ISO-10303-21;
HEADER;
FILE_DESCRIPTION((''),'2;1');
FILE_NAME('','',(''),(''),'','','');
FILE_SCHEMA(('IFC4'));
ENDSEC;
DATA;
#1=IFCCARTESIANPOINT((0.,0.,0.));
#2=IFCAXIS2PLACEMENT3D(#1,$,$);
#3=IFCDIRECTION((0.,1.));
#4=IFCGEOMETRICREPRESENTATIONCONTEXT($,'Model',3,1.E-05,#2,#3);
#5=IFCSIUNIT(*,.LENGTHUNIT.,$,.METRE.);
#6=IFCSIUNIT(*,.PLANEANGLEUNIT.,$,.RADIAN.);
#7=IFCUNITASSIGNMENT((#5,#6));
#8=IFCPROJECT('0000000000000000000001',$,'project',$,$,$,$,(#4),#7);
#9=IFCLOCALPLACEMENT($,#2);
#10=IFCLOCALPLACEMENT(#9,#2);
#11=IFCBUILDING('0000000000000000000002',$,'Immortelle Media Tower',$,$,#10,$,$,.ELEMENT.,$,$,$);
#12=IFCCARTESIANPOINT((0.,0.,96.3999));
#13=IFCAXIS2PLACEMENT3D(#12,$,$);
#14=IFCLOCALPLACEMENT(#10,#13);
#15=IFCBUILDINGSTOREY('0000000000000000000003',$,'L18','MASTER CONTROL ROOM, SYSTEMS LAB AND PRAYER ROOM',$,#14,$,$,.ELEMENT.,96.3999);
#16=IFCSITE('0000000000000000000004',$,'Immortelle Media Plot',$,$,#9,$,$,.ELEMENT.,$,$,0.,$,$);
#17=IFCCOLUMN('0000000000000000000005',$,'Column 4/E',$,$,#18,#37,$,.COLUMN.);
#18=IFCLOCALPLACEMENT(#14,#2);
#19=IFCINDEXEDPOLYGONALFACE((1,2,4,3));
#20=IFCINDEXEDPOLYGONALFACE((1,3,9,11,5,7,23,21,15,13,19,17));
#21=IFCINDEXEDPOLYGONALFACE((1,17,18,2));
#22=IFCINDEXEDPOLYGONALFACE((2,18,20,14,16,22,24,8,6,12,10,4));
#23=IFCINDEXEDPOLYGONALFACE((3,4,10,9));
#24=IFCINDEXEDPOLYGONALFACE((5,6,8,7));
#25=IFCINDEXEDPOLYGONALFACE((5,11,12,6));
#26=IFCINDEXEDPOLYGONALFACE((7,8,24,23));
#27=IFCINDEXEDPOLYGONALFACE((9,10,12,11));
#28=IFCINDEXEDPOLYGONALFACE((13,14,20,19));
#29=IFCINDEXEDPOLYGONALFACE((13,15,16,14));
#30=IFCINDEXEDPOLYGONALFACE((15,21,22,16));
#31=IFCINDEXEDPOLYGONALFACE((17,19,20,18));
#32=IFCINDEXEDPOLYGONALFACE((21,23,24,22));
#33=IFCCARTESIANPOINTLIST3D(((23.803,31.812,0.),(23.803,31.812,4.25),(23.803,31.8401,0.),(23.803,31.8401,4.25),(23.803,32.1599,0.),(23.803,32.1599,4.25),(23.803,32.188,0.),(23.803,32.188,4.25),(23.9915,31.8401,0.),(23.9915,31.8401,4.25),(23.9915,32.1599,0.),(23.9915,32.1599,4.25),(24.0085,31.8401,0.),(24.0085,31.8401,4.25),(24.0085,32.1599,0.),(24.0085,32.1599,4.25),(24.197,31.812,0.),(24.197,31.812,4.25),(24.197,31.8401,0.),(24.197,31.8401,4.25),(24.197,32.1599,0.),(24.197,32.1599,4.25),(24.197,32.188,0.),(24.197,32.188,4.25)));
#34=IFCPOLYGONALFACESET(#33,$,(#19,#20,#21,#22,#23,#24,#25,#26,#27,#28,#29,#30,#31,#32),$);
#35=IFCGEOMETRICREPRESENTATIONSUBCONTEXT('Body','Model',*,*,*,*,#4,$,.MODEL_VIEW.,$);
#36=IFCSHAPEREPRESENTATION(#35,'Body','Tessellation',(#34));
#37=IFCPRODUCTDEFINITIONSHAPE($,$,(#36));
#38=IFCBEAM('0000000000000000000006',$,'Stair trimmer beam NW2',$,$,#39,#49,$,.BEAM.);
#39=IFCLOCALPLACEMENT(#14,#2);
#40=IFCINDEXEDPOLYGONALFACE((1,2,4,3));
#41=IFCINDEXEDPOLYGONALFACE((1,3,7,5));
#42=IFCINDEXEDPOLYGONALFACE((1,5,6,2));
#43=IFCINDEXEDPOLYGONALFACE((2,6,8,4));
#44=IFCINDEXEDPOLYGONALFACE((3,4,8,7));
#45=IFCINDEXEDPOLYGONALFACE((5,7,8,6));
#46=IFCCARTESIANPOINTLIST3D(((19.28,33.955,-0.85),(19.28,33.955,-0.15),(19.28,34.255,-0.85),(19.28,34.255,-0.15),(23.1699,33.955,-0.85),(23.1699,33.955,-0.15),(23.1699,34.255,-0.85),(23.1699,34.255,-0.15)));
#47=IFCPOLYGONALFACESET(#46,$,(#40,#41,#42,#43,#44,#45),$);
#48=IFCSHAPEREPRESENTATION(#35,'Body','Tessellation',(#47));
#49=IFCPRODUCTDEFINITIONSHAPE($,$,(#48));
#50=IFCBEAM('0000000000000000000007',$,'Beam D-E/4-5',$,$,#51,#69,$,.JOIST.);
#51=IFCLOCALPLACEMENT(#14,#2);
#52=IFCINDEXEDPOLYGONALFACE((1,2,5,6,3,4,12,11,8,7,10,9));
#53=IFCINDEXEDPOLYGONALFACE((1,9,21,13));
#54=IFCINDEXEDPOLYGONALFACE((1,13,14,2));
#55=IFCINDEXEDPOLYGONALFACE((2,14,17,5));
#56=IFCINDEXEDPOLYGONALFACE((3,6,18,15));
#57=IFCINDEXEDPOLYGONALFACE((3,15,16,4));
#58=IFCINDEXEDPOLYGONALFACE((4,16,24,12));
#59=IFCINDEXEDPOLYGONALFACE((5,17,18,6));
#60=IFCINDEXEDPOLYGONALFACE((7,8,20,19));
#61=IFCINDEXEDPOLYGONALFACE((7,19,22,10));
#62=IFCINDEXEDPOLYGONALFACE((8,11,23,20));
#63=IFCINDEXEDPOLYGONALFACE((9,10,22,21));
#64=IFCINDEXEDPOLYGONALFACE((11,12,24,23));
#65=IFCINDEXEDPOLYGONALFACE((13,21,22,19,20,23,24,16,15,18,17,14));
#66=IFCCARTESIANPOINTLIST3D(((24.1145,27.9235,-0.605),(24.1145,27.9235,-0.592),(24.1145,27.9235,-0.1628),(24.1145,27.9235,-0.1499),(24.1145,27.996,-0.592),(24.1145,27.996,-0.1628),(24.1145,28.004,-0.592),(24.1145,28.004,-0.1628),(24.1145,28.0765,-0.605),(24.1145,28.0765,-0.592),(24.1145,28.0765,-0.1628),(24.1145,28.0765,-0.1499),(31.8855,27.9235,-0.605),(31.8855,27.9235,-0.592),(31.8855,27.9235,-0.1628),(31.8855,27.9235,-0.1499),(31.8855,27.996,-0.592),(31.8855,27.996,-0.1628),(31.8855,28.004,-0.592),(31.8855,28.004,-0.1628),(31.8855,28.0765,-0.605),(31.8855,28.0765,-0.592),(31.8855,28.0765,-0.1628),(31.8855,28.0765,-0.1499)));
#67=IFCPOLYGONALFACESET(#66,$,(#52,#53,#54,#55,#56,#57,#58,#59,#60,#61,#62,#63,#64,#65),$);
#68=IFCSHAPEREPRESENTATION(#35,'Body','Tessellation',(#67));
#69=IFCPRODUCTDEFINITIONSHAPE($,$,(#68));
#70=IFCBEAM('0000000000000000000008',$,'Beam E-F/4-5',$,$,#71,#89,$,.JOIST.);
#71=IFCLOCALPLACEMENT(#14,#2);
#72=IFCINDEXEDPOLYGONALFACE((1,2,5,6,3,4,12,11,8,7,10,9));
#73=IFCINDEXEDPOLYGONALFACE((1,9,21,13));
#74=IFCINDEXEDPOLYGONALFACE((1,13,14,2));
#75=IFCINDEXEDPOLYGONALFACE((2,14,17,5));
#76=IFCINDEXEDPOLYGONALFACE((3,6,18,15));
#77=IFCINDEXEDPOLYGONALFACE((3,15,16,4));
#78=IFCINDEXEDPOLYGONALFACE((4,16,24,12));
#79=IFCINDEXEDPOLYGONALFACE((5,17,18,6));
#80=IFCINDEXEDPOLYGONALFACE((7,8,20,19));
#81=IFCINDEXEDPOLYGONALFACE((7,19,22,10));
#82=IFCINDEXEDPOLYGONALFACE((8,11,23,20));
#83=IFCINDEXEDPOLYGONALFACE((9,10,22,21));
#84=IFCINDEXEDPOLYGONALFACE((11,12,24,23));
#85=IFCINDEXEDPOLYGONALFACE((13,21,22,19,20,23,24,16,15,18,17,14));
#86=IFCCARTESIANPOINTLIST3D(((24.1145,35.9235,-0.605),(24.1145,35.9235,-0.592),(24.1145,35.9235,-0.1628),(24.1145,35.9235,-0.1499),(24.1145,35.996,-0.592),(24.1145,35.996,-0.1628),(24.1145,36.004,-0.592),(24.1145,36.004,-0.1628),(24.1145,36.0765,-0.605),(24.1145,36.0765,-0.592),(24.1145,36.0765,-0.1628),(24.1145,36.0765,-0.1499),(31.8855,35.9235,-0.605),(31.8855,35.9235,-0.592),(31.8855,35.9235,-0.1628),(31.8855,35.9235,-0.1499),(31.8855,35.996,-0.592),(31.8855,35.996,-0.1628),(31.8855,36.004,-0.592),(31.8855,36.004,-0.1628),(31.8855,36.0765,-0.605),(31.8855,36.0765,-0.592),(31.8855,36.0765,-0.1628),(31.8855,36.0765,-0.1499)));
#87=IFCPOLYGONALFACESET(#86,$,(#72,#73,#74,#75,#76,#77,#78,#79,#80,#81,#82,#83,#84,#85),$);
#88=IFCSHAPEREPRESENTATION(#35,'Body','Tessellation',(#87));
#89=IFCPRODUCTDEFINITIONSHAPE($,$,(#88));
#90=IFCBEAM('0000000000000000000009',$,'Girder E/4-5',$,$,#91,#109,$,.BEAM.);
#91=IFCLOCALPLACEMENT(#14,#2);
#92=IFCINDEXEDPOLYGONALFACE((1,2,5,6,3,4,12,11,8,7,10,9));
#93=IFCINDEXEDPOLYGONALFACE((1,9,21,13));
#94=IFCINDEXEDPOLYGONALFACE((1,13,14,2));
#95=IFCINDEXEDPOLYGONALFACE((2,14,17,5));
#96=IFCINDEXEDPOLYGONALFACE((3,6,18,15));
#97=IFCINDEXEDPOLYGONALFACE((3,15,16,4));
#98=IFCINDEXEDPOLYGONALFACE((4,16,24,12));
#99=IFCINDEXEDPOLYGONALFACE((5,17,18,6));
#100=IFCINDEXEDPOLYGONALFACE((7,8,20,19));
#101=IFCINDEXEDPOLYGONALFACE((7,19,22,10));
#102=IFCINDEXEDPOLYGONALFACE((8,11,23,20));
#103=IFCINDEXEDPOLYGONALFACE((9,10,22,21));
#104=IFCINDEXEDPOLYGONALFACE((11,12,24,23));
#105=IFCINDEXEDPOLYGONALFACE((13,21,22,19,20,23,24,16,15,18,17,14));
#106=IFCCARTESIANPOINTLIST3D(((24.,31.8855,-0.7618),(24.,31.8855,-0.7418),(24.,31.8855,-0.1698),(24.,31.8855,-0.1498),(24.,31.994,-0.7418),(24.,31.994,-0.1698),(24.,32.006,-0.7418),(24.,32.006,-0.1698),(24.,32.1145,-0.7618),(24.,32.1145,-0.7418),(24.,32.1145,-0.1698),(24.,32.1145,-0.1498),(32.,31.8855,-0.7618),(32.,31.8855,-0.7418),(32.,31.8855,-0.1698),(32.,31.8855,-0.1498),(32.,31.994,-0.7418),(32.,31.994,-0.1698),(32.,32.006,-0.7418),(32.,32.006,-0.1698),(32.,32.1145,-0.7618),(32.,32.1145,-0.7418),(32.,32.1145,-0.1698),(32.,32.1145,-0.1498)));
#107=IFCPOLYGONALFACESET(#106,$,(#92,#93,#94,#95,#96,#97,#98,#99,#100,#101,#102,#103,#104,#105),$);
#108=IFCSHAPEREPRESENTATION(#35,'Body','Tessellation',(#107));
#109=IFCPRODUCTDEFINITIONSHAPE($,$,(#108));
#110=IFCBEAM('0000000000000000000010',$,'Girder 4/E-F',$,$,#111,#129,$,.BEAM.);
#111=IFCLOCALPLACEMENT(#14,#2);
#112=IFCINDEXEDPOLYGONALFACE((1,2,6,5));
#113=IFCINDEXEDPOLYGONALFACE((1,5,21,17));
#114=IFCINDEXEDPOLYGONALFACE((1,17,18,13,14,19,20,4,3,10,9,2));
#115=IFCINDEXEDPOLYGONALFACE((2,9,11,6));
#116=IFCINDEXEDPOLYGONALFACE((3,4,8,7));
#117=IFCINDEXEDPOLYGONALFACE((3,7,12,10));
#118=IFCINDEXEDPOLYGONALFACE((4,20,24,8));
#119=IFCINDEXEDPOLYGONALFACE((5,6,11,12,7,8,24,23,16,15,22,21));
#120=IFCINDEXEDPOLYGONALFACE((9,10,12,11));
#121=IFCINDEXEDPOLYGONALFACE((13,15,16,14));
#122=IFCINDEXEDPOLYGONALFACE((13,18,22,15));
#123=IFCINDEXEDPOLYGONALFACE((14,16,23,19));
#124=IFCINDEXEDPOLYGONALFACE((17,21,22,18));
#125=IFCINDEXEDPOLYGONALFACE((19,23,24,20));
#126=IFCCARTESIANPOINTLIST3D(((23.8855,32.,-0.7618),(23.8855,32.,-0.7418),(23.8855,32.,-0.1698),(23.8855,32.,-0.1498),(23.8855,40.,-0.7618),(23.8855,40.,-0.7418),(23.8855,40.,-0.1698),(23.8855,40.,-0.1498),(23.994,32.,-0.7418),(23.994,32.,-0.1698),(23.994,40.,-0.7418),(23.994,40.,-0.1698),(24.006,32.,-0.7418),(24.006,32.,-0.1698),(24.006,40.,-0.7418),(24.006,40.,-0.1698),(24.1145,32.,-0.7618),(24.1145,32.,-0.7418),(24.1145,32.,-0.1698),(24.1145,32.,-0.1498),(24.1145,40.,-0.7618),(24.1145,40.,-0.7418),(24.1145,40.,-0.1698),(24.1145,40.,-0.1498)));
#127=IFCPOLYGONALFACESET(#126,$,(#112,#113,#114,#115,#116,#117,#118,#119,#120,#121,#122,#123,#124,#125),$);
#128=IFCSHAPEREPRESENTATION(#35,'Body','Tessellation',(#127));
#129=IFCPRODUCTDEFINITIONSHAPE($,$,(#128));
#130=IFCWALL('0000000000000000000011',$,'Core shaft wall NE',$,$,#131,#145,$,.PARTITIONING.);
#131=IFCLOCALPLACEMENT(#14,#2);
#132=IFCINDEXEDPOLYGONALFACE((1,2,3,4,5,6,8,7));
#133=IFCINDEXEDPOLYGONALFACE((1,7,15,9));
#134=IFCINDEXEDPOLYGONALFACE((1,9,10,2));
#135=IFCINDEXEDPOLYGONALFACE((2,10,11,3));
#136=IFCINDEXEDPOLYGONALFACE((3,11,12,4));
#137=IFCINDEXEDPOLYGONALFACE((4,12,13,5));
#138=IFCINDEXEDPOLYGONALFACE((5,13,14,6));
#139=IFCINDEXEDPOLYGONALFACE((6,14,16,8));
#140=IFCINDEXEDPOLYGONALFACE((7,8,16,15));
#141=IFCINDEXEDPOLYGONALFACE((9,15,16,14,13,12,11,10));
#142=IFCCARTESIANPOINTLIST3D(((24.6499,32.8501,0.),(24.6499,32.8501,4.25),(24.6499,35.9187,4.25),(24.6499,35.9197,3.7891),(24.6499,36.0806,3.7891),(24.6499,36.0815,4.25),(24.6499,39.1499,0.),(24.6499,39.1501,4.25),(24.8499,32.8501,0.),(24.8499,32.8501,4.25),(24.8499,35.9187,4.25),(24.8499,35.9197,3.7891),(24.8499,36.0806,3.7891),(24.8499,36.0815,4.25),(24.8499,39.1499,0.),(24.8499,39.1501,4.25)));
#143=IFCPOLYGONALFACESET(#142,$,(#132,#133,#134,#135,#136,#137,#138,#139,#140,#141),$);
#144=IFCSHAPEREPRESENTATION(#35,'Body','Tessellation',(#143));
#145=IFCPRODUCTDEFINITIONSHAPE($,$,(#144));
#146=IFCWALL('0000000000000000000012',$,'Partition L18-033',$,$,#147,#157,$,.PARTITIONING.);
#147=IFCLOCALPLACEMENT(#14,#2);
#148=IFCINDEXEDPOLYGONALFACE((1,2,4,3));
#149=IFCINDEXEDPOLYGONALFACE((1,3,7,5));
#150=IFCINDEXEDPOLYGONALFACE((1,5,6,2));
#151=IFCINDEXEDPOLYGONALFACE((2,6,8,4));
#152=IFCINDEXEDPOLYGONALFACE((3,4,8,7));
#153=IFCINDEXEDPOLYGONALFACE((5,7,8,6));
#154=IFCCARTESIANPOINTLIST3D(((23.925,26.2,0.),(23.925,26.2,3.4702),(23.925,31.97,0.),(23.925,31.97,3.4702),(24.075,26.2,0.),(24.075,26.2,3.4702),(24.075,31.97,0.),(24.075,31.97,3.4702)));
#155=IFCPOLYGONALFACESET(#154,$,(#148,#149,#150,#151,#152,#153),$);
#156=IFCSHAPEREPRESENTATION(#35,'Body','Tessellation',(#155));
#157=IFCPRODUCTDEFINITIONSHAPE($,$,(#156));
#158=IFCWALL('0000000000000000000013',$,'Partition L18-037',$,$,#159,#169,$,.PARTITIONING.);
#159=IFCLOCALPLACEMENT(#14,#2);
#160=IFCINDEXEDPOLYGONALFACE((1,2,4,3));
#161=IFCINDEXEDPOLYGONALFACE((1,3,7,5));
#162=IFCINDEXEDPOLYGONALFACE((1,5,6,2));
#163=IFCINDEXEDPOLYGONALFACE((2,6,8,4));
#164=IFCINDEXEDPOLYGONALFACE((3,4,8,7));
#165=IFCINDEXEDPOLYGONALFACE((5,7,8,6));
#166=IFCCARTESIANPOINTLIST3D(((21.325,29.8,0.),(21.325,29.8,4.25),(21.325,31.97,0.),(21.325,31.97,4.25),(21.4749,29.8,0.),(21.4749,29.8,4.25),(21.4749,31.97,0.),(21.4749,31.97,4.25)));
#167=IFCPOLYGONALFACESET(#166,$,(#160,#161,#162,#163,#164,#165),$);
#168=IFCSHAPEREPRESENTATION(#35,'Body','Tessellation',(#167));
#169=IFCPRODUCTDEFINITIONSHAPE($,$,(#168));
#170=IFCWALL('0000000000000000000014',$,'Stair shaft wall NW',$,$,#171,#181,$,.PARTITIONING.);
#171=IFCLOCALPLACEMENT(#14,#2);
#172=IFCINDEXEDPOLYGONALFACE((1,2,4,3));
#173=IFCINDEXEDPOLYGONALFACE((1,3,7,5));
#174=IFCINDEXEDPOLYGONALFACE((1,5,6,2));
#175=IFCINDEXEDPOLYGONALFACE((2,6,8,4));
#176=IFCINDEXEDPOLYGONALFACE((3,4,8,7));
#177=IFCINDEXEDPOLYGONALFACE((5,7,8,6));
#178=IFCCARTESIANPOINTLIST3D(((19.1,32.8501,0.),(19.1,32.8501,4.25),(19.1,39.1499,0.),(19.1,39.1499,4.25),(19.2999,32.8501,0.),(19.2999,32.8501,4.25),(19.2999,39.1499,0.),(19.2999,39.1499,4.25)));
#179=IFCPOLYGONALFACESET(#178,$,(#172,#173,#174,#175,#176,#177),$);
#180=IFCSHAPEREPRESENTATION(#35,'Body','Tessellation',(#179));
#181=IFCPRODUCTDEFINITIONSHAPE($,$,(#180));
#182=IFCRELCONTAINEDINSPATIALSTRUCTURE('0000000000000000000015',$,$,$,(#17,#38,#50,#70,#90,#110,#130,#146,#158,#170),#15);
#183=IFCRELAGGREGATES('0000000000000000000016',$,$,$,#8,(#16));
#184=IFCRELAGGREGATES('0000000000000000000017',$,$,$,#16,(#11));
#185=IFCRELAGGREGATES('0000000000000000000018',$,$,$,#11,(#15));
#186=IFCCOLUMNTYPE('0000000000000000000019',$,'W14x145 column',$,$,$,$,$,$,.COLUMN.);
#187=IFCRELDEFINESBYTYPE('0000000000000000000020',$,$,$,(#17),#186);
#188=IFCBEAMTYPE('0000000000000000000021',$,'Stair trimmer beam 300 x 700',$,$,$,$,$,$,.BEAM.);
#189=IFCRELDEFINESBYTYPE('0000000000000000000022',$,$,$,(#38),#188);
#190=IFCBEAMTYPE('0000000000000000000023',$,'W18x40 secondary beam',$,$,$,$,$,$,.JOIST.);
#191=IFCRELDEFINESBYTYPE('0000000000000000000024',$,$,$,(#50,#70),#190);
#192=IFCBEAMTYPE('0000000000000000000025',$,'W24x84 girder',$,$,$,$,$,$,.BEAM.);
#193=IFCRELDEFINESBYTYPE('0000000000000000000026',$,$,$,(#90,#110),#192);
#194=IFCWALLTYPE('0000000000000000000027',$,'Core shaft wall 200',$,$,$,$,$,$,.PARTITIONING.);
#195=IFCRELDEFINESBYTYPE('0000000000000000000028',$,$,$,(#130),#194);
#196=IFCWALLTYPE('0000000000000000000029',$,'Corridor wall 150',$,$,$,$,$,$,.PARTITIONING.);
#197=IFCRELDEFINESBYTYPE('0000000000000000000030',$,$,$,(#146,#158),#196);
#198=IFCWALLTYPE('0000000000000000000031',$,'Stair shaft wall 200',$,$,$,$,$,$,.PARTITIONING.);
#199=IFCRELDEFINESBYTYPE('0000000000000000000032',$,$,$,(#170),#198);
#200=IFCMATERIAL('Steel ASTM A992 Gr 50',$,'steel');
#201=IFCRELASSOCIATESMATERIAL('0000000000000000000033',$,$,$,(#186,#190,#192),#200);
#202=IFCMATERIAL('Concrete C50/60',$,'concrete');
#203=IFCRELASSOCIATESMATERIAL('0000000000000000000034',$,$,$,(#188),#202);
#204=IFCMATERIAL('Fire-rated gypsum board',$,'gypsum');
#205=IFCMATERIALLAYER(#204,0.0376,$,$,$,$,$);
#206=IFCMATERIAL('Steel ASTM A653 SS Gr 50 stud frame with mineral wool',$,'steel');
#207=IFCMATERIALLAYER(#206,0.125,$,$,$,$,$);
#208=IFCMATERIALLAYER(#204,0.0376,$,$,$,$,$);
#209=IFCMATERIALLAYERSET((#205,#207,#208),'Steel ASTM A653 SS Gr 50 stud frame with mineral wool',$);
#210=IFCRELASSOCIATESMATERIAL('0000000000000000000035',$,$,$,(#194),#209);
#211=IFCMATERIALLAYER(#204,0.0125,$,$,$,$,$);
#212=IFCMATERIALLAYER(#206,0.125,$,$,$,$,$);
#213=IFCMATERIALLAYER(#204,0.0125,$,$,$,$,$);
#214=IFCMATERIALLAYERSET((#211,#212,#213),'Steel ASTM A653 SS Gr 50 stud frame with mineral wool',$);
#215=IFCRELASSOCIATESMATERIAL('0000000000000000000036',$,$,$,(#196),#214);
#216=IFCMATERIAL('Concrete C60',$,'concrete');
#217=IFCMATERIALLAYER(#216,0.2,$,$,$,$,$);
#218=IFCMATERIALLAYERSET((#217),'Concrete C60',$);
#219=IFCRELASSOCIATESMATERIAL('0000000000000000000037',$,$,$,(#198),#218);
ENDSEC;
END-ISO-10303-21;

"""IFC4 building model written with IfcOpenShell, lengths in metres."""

from ifc_helpers import new_model, si_unit, direction, frame, frame_2d, origin, origin_2d, place, context, subcontext, project, spatial, polyline, rectangle, i_section, outline, extrude, material, layer, layer_set, material_profile, profile_set, type_object, element, save


model = new_model("IFC4")

# Units and contexts
model_context = context("Model", 3, precision=1e-05, world=origin(), true_north=direction((0.0, 1.0)))
body_context = subcontext(model_context, "Body", "Model", "MODEL_VIEW")
ifc_project = project(units=[si_unit("LENGTHUNIT", "METRE"), si_unit("PLANEANGLEUNIT", "RADIAN")], contexts=[model_context])

# Site, building, storey
site_placement = place(None, origin())
site = spatial("IfcSite", under=ifc_project, at=site_placement, Name="Immortelle Media Plot", CompositionType="ELEMENT", RefElevation=0.0)
building_placement = place(site_placement, origin())
building = spatial("IfcBuilding", under=site, at=building_placement, Name="Immortelle Media Tower", CompositionType="ELEMENT")
storey_placement = place(building_placement, frame((0.0, 0.0, 96.3999)))
storey = spatial("IfcBuildingStorey", under=building, at=storey_placement, Name="L18", Description="MASTER CONTROL ROOM, SYSTEMS LAB AND PRAYER ROOM", CompositionType="ELEMENT", Elevation=96.3999)

# Column
ifc_material_1 = material(Name="Steel ASTM A992 Gr 50", Category="steel")
ifc_material_profile_1 = material_profile(ifc_material_1, i_section(OverallWidth=0.394, OverallDepth=0.376, WebThickness=0.0171, FlangeThickness=0.0281, at=origin_2d()), Name="W14x145")
ifc_profile_set_1 = profile_set([ifc_material_profile_1], Name="Steel ASTM A992 Gr 50")
column_type = type_object("IfcColumnType", Name="W14x145 column", PredefinedType="COLUMN", material=ifc_profile_set_1)
column_placement = place(storey_placement, frame((24.0, 32.0, 0.0), z_axis=(0.0, 0.0, 1.0), x_axis=(1.0, 0.0, 0.0)))
element("IfcColumn", 1, at=column_placement, inside=storey, type_object=column_type, Name="Column 4/E", PredefinedType="COLUMN", context=body_context, shape_type="SweptSolid", body=[
    extrude(i_section(OverallWidth=0.394, OverallDepth=0.376, WebThickness=0.0171, FlangeThickness=0.0281, at=origin_2d()), origin(), (0.0, 0.0, 1.0), 4.25),
])

# Beams
ifc_material_2 = material(Name="Concrete C50/60", Category="concrete")
ifc_material_profile_2 = material_profile(ifc_material_2, rectangle(XDim=0.3, YDim=0.7, at=origin_2d()), Name="RC 300x700")
ifc_profile_set_2 = profile_set([ifc_material_profile_2], Name="Concrete C50/60")
beam_type_1 = type_object("IfcBeamType", Name="Stair trimmer beam 300 x 700", PredefinedType="BEAM", material=ifc_profile_set_2)
beam_placement = place(storey_placement, frame((19.28, 34.105, -0.5), z_axis=(1.0, 0.0, 0.0), x_axis=(0.0, 1.0, 0.0)))
element("IfcBeam", 2, at=beam_placement, inside=storey, type_object=beam_type_1, Name="Stair trimmer beam NW2", PredefinedType="BEAM", context=body_context, shape_type="SweptSolid", body=[
    extrude(rectangle(XDim=0.3, YDim=0.7, at=origin_2d()), origin(), (0.0, 0.0, 1.0), 3.8899),
])
ifc_material_profile_3 = material_profile(ifc_material_1, i_section(OverallWidth=0.1531, OverallDepth=0.4551, WebThickness=0.0081, FlangeThickness=0.0129, at=origin_2d()), Name="W18x40")
ifc_profile_set_3 = profile_set([ifc_material_profile_3], Name="Steel ASTM A992 Gr 50")
beam_type_2 = type_object("IfcBeamType", Name="W18x40 secondary beam", PredefinedType="JOIST", material=ifc_profile_set_3)
for number, where, z_axis, x_axis, name in (
    (3, (24.1145, 28.0, -0.3774), (1.0, 0.0, 0.0), (0.0, 1.0, 0.0), "Beam D-E/4-5"),
    (4, (24.1145, 36.0, -0.3774), (1.0, 0.0, 0.0), (0.0, 1.0, 0.0), "Beam E-F/4-5"),
):
    element("IfcBeam", number, at=place(storey_placement, frame(where, z_axis=z_axis, x_axis=x_axis)), inside=storey, type_object=beam_type_2, Name=name, PredefinedType="JOIST", context=body_context, shape_type="SweptSolid", body=[
        extrude(i_section(OverallWidth=0.1531, OverallDepth=0.4551, WebThickness=0.0081, FlangeThickness=0.0129, at=origin_2d()), origin(), (0.0, 0.0, 1.0), 7.771),
    ])
ifc_material_profile_4 = material_profile(ifc_material_1, i_section(OverallWidth=0.229, OverallDepth=0.6121, WebThickness=0.012, FlangeThickness=0.02, at=origin_2d()), Name="W24x84")
ifc_profile_set_4 = profile_set([ifc_material_profile_4], Name="Steel ASTM A992 Gr 50")
beam_type_3 = type_object("IfcBeamType", Name="W24x84 girder", PredefinedType="BEAM", material=ifc_profile_set_4)
for number, where, z_axis, x_axis, name in (
    (5, (24.0, 32.0, -0.4558), (1.0, 0.0, 0.0), (0.0, 1.0, 0.0), "Girder E/4-5"),
    (6, (24.0, 32.0, -0.4558), (0.0, 1.0, 0.0), (-1.0, 0.0, 0.0), "Girder 4/E-F"),
):
    element("IfcBeam", number, at=place(storey_placement, frame(where, z_axis=z_axis, x_axis=x_axis)), inside=storey, type_object=beam_type_3, Name=name, PredefinedType="BEAM", context=body_context, shape_type="SweptSolid", body=[
        extrude(i_section(OverallWidth=0.229, OverallDepth=0.6121, WebThickness=0.012, FlangeThickness=0.02, at=origin_2d()), origin(), (0.0, 0.0, 1.0), 8.0),
    ])

# Walls
ifc_material_3 = material(Name="Fire-rated gypsum board", Category="gypsum")
ifc_layer_1 = layer(ifc_material_3, 0.0376)
ifc_material_4 = material(Name="Steel ASTM A653 SS Gr 50 stud frame with mineral wool", Category="steel")
ifc_layer_2 = layer(ifc_material_4, 0.125)
ifc_layer_3 = layer(ifc_material_3, 0.0376)
ifc_layer_set_1 = layer_set([ifc_layer_1, ifc_layer_2, ifc_layer_3], Name="Steel ASTM A653 SS Gr 50 stud frame with mineral wool")
wall_type_1 = type_object("IfcWallType", Name="Core shaft wall 200", PredefinedType="PARTITIONING", material=ifc_layer_set_1)
wall_1_placement = place(storey_placement, frame((24.75, 32.8501, 0.0), z_axis=(0.0, 0.0, 1.0), x_axis=(0.0, 1.0, 0.0)))
element("IfcWall", 7, at=wall_1_placement, inside=storey, type_object=wall_type_1, Name="Core shaft wall NE", PredefinedType="PARTITIONING", context=body_context, shape_type="SweptSolid", body=[
    extrude(outline(polyline([(0.0, 0.0), (6.2998, 0.0), (6.3, 4.25), (3.2314, 4.25), (3.2305, 3.7891), (3.0696, 3.7891), (3.0686, 4.25), (0.0, 4.25), (0.0, 0.0)])), frame((0.0, 0.1001, 0.0), z_axis=(0.0, -1.0, 0.0), x_axis=(1.0, 0.0, 0.0)), (0.0, 0.0, 1.0), 0.2),
])
ifc_layer_4 = layer(ifc_material_3, 0.0125)
ifc_layer_5 = layer(ifc_material_4, 0.125)
ifc_layer_6 = layer(ifc_material_3, 0.0125)
ifc_layer_set_2 = layer_set([ifc_layer_4, ifc_layer_5, ifc_layer_6], Name="Steel ASTM A653 SS Gr 50 stud frame with mineral wool")
wall_type_2 = type_object("IfcWallType", Name="Corridor wall 150", PredefinedType="PARTITIONING", material=ifc_layer_set_2)
wall_2_placement = place(storey_placement, frame((24.0, 26.2, 0.0), z_axis=(0.0, 0.0, 1.0), x_axis=(0.0, 1.0, 0.0)))
element("IfcWall", 8, at=wall_2_placement, inside=storey, type_object=wall_type_2, Name="Partition L18-033", PredefinedType="PARTITIONING", context=body_context, shape_type="SweptSolid", body=[
    extrude(rectangle(XDim=5.77, YDim=0.1499, at=frame_2d((2.885, 0.0))), origin(), (0.0, 0.0, 1.0), 3.4702),
])
wall_3_placement = place(storey_placement, frame((21.3999, 29.8, 0.0), z_axis=(0.0, 0.0, 1.0), x_axis=(0.0, 1.0, 0.0)))
element("IfcWall", 9, at=wall_3_placement, inside=storey, type_object=wall_type_2, Name="Partition L18-037", PredefinedType="PARTITIONING", context=body_context, shape_type="SweptSolid", body=[
    extrude(rectangle(XDim=2.1699, YDim=0.1499, at=frame_2d((1.085, 0.0))), origin(), (0.0, 0.0, 1.0), 4.25),
])
ifc_material_5 = material(Name="Concrete C60", Category="concrete")
ifc_layer_7 = layer(ifc_material_5, 0.2)
ifc_layer_set_3 = layer_set([ifc_layer_7], Name="Concrete C60")
wall_type_3 = type_object("IfcWallType", Name="Stair shaft wall 200", PredefinedType="PARTITIONING", material=ifc_layer_set_3)
for number, where, z_axis, x_axis, name in (
    (10, (19.2, 32.8501, 0.0), (0.0, 0.0, 1.0), (0.0, 1.0, 0.0), "Stair shaft wall NW"),
):
    element("IfcWall", number, at=place(storey_placement, frame(where, z_axis=z_axis, x_axis=x_axis)), inside=storey, type_object=wall_type_3, Name=name, PredefinedType="PARTITIONING", context=body_context, shape_type="SweptSolid", body=[
        extrude(rectangle(XDim=6.2998, YDim=0.2, at=frame_2d((3.1499, 0.0))), origin(), (0.0, 0.0, 1.0), 4.25),
    ])

save(model, "model.ifc")
